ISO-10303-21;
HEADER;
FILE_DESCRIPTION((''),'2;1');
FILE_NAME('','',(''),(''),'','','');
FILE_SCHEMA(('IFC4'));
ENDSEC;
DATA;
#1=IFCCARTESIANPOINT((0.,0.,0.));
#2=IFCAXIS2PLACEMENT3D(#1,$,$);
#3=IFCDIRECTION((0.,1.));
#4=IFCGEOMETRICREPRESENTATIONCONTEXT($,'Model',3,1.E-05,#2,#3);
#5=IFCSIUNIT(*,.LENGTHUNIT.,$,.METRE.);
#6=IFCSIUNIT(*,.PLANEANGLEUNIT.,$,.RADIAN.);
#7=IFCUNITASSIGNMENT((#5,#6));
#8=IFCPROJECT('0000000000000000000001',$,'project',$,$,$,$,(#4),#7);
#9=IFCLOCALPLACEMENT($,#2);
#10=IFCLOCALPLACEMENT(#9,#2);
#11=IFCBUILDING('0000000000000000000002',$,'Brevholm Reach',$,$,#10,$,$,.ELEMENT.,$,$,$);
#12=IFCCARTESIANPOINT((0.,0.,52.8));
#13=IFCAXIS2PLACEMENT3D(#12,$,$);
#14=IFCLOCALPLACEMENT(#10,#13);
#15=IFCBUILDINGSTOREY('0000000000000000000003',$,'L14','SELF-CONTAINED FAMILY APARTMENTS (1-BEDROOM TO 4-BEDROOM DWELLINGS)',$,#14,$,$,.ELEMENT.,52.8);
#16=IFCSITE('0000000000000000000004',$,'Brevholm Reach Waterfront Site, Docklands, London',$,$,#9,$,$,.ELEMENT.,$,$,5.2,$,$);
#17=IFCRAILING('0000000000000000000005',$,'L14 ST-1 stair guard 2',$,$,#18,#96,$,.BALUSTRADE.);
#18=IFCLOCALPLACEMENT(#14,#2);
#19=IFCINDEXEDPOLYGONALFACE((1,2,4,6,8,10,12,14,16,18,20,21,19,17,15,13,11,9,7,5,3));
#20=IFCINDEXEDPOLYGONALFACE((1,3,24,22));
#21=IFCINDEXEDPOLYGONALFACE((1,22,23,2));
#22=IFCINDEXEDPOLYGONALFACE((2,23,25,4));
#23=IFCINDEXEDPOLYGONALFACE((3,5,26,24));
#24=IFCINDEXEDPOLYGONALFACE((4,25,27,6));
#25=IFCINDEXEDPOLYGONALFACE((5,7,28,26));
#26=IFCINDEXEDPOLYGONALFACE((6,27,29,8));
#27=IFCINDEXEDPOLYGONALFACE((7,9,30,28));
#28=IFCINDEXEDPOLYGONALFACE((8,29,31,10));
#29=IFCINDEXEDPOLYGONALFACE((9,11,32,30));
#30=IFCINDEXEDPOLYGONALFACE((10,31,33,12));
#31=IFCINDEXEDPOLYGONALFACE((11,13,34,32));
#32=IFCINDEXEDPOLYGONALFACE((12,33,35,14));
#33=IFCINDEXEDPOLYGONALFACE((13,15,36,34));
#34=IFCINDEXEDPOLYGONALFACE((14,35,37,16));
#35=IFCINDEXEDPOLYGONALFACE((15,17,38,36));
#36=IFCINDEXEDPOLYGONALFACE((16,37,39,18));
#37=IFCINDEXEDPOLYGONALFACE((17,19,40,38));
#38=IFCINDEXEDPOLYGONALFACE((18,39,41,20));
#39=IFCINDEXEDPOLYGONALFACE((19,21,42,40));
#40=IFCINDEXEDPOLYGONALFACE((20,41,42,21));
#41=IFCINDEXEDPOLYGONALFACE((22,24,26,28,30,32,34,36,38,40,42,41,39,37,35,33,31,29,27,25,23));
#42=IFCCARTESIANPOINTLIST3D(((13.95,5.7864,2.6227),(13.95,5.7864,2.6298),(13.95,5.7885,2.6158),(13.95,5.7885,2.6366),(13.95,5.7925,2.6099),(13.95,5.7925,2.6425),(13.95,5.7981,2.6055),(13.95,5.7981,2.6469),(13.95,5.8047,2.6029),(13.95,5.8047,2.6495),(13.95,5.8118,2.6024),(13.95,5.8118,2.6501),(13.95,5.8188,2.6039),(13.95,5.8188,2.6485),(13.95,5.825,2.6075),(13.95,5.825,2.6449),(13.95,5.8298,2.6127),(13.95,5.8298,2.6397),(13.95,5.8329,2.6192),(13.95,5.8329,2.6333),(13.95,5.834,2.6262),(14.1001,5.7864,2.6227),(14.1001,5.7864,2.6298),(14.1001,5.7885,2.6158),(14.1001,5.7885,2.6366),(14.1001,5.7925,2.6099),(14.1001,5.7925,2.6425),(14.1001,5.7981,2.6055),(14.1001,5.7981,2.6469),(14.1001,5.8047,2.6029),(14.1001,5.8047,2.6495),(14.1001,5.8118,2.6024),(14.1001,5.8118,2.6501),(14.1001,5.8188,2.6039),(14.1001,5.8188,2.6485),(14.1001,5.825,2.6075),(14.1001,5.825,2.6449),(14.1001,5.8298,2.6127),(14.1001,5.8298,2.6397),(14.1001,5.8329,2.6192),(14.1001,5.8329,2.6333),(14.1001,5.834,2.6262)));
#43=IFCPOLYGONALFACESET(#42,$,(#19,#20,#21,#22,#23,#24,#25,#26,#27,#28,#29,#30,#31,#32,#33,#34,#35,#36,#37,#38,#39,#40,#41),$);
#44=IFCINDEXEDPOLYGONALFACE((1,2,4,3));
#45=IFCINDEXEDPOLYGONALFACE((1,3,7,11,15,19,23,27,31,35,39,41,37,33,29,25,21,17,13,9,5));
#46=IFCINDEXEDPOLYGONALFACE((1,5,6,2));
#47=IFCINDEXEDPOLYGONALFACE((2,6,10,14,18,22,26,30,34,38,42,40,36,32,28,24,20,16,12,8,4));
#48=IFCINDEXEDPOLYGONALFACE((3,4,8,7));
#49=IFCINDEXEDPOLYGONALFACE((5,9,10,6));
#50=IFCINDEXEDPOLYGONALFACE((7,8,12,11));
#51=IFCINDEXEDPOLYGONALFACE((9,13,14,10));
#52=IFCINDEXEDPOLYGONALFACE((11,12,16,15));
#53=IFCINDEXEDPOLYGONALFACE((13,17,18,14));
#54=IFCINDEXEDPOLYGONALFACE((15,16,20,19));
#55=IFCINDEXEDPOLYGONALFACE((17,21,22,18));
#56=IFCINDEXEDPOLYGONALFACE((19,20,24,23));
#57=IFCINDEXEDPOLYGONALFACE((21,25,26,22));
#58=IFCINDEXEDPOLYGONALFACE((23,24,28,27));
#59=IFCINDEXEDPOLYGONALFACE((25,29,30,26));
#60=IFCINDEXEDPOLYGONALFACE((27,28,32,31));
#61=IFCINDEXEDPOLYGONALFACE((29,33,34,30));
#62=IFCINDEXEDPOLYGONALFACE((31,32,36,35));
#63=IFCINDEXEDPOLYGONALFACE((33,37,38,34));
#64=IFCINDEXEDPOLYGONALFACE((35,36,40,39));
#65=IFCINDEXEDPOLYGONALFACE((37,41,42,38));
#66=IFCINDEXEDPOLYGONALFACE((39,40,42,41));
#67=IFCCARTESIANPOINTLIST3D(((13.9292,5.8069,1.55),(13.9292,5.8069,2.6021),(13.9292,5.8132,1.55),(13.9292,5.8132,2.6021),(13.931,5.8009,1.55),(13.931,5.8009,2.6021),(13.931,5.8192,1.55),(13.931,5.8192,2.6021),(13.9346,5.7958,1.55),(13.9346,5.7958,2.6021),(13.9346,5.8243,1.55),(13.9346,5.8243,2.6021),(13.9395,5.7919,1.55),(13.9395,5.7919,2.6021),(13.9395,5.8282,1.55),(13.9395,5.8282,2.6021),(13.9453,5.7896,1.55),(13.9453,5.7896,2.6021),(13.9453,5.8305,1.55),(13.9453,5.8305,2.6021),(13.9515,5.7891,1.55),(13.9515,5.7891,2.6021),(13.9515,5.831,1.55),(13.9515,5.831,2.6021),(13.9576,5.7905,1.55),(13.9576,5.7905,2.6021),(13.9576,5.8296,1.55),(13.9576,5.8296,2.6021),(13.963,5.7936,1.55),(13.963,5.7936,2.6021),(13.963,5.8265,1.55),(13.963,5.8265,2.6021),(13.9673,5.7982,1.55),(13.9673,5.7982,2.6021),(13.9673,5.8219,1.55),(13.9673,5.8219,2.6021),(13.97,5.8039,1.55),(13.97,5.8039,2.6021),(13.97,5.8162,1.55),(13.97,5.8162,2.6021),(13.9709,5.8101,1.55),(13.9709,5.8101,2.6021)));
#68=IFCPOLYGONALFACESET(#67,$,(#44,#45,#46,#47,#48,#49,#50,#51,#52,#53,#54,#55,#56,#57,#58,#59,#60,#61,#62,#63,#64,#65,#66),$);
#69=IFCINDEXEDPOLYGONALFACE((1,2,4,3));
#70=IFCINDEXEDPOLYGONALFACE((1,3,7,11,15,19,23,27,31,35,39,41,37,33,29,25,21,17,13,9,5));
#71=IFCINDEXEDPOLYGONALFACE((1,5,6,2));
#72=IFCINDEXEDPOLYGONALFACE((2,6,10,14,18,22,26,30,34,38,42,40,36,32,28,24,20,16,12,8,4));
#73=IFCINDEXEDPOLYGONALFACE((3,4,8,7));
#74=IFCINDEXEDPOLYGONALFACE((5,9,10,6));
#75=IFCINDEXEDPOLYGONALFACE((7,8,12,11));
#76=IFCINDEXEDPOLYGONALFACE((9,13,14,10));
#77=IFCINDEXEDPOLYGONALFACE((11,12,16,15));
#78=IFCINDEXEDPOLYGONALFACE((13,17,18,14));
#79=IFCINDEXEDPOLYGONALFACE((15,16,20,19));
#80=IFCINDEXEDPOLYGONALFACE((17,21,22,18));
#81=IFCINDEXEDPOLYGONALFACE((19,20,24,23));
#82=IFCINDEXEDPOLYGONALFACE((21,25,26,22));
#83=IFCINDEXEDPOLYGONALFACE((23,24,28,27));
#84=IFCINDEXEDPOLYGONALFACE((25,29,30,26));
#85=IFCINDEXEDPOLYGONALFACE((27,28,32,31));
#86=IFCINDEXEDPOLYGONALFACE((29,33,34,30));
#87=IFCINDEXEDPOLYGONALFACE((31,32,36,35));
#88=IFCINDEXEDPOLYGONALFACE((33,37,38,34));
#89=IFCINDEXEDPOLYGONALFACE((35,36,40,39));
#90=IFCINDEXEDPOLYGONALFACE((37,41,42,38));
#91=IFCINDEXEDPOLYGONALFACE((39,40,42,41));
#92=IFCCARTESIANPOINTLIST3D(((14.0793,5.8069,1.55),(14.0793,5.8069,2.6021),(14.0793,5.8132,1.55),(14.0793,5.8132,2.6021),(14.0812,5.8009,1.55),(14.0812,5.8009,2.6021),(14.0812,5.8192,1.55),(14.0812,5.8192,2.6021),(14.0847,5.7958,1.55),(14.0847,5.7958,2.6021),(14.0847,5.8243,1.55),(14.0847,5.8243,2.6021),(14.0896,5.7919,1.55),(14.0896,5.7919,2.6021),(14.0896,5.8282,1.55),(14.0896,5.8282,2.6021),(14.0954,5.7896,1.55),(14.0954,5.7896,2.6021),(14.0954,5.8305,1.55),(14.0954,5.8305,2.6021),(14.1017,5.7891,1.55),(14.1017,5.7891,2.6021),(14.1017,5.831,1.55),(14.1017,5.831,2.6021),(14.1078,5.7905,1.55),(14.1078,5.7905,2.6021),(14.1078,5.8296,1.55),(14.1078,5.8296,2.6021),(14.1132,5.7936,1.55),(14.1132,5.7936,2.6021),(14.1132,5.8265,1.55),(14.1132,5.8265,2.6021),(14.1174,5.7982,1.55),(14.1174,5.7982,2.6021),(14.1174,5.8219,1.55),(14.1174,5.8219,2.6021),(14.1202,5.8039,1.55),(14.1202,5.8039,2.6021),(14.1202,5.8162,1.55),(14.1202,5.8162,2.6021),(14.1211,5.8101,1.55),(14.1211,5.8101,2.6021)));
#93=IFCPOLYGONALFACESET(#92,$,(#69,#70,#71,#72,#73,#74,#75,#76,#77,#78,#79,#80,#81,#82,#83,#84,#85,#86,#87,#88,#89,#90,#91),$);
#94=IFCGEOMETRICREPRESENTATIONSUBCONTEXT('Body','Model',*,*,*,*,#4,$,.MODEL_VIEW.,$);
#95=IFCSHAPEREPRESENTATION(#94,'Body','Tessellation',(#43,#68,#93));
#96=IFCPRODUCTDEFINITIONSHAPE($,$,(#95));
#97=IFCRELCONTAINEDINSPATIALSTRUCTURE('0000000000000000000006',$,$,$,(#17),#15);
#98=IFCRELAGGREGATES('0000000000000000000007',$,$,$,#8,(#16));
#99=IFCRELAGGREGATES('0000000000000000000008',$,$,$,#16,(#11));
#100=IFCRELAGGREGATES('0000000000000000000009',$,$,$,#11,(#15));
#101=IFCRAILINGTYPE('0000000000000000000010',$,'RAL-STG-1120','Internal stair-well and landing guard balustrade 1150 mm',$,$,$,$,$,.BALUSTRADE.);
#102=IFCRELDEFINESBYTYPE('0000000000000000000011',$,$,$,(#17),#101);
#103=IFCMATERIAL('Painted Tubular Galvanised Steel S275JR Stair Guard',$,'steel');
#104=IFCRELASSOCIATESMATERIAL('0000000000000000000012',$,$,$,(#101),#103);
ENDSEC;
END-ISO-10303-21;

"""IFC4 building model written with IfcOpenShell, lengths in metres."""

from ifc_helpers import new_model, si_unit, direction, frame, origin, origin_2d, place, context, subcontext, project, spatial, circle, extrude, material, type_object, element, save


model = new_model("IFC4")

# Units and contexts
model_context = context("Model", 3, precision=1e-05, world=origin(), true_north=direction((0.0, 1.0)))
body_context = subcontext(model_context, "Body", "Model", "MODEL_VIEW")
ifc_project = project(units=[si_unit("LENGTHUNIT", "METRE"), si_unit("PLANEANGLEUNIT", "RADIAN")], contexts=[model_context])

# Site, building, storey
site_placement = place(None, origin())
site = spatial("IfcSite", under=ifc_project, at=site_placement, Name="Brevholm Reach Waterfront Site, Docklands, London", CompositionType="ELEMENT", RefElevation=5.2)
building_placement = place(site_placement, origin())
building = spatial("IfcBuilding", under=site, at=building_placement, Name="Brevholm Reach", CompositionType="ELEMENT")
storey_placement = place(building_placement, frame((0.0, 0.0, 52.8)))
storey = spatial("IfcBuildingStorey", under=building, at=storey_placement, Name="L14", Description="SELF-CONTAINED FAMILY APARTMENTS (1-BEDROOM TO 4-BEDROOM DWELLINGS)", CompositionType="ELEMENT", Elevation=52.8)

# Railing
ifc_material_1 = material(Name="Painted Tubular Galvanised Steel S275JR Stair Guard", Category="steel")
railing_type_1 = type_object("IfcRailingType", Name="RAL-STG-1120", Description="Internal stair-well and landing guard balustrade 1150 mm", PredefinedType="BALUSTRADE", material=ifc_material_1)
railing_1_placement = place(storey_placement, frame((13.95, 5.8101, 1.55)))
element("IfcRailing", 1, at=railing_1_placement, inside=storey, type_object=railing_type_1, Name="L14 ST-1 stair guard 2", PredefinedType="BALUSTRADE", context=body_context, shape_type="SweptSolid", body=[
    extrude(circle(Radius=0.0239, at=origin_2d()), frame((0.0, 0.0, 1.0762), z_axis=(1.0, 0.0, 0.0), x_axis=(0.0, 1.0, 0.0)), (0.0, 0.0, 1.0), 0.1501),
    extrude(circle(Radius=0.021, at=origin_2d()), origin(), (0.0, 0.0, 1.0), 1.052),
    extrude(circle(Radius=0.021, at=origin_2d()), frame((0.1501, 0.0, 0.0)), (0.0, 0.0, 1.0), 1.052),
])

save(model, "model.ifc")
